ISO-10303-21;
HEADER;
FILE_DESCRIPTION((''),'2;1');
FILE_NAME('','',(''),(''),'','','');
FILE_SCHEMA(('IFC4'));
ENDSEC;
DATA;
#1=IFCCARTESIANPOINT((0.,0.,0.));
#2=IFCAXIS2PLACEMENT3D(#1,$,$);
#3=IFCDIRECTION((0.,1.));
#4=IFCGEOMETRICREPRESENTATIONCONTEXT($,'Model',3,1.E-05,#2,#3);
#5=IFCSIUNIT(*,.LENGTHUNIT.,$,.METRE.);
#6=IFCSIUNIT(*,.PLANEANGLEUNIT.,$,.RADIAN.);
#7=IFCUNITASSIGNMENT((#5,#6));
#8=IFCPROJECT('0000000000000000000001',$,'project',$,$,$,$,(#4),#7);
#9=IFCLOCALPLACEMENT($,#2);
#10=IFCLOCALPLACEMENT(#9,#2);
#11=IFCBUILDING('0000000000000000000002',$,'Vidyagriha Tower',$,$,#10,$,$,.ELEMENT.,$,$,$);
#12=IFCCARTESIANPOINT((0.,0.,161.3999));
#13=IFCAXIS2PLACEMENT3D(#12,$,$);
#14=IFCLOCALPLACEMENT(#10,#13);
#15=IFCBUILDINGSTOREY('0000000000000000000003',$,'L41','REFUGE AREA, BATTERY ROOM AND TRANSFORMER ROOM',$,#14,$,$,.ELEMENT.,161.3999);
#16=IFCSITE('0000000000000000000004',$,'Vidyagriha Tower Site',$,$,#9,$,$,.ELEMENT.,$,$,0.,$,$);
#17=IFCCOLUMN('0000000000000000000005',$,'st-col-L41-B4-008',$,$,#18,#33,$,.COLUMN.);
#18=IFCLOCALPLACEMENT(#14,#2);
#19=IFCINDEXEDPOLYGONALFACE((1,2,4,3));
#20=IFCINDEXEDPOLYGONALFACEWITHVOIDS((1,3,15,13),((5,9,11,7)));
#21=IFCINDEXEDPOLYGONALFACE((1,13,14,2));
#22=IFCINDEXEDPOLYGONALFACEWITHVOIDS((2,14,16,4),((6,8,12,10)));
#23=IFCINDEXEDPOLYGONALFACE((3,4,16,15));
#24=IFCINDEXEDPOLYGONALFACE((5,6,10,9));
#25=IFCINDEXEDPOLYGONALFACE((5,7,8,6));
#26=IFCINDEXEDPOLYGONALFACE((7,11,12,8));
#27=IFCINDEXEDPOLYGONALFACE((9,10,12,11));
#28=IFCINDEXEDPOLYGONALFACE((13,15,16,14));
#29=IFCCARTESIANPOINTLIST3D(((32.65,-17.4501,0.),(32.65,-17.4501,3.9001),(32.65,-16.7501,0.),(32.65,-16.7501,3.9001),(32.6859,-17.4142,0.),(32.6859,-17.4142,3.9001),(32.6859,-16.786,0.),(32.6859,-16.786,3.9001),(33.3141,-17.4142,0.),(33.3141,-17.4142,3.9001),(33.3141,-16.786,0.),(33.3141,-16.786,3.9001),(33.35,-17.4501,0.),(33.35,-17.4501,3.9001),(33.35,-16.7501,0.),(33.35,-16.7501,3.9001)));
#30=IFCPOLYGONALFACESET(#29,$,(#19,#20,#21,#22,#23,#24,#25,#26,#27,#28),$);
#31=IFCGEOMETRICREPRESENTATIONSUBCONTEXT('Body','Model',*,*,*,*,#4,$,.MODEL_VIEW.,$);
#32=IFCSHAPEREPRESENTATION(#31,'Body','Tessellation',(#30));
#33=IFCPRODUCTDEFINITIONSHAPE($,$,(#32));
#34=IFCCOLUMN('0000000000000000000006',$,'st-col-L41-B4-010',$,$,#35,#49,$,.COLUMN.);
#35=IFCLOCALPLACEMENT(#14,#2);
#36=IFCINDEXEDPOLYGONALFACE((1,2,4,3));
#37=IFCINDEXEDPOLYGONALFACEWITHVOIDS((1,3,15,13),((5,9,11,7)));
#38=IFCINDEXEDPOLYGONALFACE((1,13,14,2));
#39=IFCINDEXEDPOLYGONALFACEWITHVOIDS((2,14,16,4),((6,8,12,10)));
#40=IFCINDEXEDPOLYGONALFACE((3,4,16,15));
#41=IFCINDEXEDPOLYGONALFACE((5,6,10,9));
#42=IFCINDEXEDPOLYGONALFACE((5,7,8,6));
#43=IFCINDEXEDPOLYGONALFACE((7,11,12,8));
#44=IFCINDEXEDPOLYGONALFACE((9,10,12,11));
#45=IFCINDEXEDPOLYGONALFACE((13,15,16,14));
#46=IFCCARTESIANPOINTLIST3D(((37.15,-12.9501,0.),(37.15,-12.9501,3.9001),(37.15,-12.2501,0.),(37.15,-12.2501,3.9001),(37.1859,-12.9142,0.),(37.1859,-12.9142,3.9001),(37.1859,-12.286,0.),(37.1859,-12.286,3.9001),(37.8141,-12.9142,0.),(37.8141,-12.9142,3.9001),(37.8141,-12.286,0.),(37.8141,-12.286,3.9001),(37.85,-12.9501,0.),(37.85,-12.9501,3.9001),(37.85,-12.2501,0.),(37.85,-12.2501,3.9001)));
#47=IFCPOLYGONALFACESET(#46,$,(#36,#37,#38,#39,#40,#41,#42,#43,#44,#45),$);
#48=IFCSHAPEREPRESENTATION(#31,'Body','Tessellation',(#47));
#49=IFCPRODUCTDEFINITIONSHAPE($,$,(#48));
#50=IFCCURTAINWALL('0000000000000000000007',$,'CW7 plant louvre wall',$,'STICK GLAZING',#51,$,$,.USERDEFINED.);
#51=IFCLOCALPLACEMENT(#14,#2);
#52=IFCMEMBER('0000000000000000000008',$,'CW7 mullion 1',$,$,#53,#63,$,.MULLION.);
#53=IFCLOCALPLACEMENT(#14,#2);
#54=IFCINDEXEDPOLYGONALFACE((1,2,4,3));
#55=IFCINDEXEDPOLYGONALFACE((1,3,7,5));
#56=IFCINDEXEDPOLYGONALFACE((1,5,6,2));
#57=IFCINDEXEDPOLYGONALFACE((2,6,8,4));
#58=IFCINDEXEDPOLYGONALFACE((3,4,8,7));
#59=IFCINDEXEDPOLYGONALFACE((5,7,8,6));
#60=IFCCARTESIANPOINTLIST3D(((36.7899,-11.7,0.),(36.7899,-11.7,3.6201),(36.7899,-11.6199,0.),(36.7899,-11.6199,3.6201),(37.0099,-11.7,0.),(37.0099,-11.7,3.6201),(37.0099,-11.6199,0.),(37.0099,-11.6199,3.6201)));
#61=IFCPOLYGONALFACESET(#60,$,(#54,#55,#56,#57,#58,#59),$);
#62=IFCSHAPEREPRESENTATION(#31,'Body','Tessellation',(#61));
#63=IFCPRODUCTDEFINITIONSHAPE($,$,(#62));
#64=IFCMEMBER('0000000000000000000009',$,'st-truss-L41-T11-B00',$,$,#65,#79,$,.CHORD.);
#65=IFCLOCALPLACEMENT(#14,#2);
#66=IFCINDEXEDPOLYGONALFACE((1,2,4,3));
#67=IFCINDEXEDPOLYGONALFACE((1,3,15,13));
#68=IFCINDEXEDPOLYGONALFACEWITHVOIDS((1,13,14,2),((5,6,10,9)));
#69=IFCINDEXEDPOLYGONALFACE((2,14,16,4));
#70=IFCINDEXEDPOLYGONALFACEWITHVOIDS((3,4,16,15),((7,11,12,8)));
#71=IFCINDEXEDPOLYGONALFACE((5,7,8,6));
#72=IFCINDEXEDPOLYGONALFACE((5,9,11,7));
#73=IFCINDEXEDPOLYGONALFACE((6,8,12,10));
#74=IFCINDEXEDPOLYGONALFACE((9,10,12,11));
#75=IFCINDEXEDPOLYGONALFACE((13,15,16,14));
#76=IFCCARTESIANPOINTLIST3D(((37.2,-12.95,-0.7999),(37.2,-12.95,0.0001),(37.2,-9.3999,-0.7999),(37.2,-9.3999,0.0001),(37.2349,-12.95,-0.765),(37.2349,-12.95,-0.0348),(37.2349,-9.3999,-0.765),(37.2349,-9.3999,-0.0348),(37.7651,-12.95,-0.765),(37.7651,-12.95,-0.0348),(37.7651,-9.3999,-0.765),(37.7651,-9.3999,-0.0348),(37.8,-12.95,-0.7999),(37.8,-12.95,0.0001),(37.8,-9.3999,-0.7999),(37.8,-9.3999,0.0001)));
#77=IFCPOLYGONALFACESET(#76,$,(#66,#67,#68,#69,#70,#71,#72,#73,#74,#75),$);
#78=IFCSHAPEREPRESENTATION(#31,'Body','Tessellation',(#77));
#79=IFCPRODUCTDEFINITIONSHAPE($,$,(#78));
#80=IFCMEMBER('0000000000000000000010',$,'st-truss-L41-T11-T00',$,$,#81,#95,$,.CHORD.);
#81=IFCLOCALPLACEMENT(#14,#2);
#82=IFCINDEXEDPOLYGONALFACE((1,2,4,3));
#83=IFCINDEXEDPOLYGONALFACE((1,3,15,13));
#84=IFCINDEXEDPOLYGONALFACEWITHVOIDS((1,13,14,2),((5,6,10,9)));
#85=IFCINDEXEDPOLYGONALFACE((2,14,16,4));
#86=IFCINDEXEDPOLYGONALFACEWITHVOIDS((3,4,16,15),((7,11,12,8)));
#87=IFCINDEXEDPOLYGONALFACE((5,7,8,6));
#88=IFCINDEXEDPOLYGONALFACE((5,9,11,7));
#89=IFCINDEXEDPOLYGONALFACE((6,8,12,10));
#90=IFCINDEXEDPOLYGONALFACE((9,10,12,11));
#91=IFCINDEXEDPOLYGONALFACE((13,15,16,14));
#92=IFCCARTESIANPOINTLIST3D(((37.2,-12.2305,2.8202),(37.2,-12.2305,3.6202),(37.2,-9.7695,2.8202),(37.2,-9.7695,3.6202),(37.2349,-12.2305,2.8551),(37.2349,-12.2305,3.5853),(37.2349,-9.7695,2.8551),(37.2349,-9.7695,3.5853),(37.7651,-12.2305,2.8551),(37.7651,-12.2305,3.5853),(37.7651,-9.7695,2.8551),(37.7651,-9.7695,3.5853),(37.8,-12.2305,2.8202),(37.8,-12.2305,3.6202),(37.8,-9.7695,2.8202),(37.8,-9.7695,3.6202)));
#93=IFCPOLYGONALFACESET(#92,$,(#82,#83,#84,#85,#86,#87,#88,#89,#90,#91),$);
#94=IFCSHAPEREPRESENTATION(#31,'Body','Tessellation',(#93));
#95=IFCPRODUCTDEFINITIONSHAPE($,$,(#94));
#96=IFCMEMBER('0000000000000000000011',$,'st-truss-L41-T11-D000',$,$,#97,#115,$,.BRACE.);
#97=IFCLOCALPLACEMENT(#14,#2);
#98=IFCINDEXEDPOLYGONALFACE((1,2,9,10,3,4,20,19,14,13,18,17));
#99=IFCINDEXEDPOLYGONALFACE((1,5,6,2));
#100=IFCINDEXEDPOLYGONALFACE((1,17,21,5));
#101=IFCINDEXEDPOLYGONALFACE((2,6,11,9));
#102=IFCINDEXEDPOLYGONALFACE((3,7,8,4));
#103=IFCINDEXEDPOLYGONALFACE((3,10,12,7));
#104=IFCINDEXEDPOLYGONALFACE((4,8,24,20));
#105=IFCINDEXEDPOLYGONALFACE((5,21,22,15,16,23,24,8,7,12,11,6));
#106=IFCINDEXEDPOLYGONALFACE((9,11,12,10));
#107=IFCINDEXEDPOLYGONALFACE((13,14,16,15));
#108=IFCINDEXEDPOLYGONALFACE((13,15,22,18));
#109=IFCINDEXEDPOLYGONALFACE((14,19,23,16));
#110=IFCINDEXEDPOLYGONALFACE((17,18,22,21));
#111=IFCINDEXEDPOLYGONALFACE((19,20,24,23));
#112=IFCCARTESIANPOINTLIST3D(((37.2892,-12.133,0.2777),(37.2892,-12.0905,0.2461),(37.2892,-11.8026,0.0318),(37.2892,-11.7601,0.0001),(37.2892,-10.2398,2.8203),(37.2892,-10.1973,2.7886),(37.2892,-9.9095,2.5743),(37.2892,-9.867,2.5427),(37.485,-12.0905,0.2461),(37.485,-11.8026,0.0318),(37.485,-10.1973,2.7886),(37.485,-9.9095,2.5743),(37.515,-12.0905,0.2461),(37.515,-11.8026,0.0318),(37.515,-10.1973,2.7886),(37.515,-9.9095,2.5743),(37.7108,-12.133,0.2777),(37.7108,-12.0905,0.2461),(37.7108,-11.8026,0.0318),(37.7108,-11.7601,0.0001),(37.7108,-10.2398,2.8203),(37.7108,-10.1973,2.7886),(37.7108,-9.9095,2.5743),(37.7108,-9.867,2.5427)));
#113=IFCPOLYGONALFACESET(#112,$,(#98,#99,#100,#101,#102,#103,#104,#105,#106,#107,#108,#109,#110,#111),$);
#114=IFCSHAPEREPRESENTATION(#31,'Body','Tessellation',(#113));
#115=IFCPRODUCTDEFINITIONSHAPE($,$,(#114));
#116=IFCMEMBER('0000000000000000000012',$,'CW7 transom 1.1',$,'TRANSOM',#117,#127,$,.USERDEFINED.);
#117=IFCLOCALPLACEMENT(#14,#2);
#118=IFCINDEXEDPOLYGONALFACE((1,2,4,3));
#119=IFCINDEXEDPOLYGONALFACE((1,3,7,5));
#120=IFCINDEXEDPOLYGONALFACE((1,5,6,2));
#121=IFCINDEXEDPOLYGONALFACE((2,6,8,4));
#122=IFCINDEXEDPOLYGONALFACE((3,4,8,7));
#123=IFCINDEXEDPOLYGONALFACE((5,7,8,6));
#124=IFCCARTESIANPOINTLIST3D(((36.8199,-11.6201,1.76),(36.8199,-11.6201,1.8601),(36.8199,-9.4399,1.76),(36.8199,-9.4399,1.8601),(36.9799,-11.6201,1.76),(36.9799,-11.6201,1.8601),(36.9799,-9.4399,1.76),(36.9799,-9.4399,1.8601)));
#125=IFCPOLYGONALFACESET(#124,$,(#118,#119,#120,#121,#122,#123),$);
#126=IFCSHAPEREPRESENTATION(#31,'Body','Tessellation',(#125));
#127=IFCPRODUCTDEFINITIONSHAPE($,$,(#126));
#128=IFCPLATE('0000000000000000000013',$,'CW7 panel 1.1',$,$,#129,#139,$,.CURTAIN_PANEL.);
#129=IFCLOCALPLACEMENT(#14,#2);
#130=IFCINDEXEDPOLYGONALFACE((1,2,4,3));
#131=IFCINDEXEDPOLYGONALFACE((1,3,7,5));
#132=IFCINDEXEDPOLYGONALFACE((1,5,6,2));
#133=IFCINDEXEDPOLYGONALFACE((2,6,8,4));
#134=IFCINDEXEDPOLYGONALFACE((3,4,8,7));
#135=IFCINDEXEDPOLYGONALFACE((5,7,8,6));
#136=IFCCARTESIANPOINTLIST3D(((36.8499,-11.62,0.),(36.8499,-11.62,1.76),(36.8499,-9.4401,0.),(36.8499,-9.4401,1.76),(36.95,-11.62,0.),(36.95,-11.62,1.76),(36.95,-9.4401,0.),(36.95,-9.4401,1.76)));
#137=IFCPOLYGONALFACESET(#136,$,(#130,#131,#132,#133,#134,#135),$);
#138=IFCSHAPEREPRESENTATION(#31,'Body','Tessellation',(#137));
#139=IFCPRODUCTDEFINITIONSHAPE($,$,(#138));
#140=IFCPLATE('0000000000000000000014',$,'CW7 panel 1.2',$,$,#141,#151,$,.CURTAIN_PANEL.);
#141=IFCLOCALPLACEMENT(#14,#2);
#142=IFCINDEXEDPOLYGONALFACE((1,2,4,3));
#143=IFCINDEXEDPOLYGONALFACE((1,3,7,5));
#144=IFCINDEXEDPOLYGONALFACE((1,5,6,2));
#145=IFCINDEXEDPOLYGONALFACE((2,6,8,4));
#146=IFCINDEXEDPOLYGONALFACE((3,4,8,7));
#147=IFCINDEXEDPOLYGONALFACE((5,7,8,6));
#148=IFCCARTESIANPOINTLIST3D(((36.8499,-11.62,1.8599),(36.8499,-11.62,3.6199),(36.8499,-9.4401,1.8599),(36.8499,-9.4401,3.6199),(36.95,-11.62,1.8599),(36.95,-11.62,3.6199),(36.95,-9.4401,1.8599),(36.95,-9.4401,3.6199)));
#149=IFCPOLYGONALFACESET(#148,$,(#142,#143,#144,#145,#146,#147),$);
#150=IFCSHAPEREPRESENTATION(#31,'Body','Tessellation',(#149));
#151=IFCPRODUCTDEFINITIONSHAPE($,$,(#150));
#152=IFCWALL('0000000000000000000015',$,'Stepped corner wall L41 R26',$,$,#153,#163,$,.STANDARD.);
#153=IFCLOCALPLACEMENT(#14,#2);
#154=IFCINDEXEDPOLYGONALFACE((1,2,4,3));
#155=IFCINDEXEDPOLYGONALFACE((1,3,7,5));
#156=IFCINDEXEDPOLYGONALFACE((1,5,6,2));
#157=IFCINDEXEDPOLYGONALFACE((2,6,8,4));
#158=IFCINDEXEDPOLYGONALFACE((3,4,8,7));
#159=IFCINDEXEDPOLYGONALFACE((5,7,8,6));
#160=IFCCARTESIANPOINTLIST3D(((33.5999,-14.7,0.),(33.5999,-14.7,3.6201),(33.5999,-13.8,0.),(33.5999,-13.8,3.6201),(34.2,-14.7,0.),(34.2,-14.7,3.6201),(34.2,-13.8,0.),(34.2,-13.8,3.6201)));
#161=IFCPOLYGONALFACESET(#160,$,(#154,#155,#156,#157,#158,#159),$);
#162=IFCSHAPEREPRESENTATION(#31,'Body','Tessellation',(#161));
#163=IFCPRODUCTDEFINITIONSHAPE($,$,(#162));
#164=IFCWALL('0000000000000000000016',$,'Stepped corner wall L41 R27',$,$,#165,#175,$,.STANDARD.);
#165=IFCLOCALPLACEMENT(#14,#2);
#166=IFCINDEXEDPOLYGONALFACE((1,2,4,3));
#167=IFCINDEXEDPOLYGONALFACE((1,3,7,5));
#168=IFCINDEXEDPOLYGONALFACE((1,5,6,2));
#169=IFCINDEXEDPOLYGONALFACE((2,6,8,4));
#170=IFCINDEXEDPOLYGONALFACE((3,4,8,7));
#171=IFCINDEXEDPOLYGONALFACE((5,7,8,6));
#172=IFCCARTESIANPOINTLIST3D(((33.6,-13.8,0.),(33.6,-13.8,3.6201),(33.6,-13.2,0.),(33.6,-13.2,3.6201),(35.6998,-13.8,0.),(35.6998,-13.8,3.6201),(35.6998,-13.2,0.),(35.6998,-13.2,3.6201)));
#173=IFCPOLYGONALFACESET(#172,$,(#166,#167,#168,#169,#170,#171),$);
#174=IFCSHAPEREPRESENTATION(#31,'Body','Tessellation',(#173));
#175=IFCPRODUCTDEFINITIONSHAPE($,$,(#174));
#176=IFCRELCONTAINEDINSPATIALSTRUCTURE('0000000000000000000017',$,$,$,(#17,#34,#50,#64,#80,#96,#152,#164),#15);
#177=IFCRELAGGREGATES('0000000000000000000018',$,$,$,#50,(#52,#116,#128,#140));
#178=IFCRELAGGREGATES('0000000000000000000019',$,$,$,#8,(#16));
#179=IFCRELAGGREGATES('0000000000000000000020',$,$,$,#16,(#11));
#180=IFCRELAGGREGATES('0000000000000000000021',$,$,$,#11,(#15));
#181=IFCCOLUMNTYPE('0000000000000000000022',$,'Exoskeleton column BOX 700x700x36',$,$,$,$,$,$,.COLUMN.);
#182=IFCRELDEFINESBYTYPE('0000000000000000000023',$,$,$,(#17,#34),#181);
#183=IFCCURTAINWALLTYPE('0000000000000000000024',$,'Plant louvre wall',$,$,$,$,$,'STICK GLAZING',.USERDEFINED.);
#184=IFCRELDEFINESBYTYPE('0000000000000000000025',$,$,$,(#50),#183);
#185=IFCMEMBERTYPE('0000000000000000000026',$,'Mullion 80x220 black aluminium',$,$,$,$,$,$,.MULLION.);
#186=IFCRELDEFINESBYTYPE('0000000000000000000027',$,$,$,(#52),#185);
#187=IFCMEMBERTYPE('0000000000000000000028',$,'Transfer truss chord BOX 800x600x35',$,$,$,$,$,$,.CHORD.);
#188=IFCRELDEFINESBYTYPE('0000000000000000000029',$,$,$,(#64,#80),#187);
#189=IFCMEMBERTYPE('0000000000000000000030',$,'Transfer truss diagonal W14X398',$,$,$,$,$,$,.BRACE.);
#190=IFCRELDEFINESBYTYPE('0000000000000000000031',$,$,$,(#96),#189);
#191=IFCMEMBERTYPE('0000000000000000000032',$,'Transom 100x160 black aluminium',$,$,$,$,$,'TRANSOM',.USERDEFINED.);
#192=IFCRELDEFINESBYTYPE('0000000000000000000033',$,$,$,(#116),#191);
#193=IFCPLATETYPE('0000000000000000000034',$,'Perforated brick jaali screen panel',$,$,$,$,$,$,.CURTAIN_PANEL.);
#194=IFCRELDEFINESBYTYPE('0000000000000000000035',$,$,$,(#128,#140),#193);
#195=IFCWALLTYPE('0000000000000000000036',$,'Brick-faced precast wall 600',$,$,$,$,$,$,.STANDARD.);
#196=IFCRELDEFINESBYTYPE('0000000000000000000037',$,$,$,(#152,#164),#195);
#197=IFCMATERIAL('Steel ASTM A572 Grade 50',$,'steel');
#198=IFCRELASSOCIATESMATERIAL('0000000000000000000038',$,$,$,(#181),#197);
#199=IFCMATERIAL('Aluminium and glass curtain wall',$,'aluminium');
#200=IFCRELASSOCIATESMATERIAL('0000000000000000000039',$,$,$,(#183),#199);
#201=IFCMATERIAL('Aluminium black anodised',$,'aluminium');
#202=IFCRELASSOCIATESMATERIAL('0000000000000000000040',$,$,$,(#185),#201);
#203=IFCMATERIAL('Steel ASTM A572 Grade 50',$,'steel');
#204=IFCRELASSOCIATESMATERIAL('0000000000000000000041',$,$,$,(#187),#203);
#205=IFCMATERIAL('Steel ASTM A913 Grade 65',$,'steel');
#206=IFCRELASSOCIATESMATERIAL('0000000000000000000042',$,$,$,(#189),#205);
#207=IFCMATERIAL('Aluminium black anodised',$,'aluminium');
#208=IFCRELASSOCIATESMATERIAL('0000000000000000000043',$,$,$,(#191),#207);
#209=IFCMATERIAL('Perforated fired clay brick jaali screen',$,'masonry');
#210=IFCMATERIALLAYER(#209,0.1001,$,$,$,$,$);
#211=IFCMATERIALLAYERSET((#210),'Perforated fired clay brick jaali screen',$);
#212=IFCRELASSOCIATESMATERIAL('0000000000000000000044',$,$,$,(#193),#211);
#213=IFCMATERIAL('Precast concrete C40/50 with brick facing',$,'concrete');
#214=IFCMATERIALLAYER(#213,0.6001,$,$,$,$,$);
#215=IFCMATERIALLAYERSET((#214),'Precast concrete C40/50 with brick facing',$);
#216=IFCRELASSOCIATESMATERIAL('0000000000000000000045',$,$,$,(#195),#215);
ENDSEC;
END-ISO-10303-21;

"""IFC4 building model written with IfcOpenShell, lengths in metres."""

from ifc_helpers import new_model, si_unit, direction, frame, frame_2d, origin, origin_2d, place, context, subcontext, project, spatial, rectangle, hollow_rectangle, i_section, extrude, material, layer, layer_set, material_profile, profile_set, type_object, element, aggregate, save


model = new_model("IFC4")

# Units and contexts
model_context = context("Model", 3, precision=1e-05, world=origin(), true_north=direction((0.0, 1.0)))
body_context = subcontext(model_context, "Body", "Model", "MODEL_VIEW")
ifc_project = project(units=[si_unit("LENGTHUNIT", "METRE"), si_unit("PLANEANGLEUNIT", "RADIAN")], contexts=[model_context])

# Site, building, storey
site_placement = place(None, origin())
site = spatial("IfcSite", under=ifc_project, at=site_placement, Name="Vidyagriha Tower Site", CompositionType="ELEMENT", RefElevation=0.0)
building_placement = place(site_placement, origin())
building = spatial("IfcBuilding", under=site, at=building_placement, Name="Vidyagriha Tower", CompositionType="ELEMENT")
storey_placement = place(building_placement, frame((0.0, 0.0, 161.3999)))
storey = spatial("IfcBuildingStorey", under=building, at=storey_placement, Name="L41", Description="REFUGE AREA, BATTERY ROOM AND TRANSFORMER ROOM", CompositionType="ELEMENT", Elevation=161.3999)

# Columns
ifc_material_1 = material(Name="Steel ASTM A572 Grade 50", Category="steel")
ifc_material_profile_1 = material_profile(ifc_material_1, hollow_rectangle(XDim=0.7, YDim=0.7, WallThickness=0.0359, at=origin_2d()), Name="BOX 700x700x36")
ifc_profile_set_1 = profile_set([ifc_material_profile_1], Name="Steel ASTM A572 Grade 50")
column_type = type_object("IfcColumnType", Name="Exoskeleton column BOX 700x700x36", PredefinedType="COLUMN", material=ifc_profile_set_1)
for number, where, name in (
    (1, (33.0, -17.1001, 0.0), "st-col-L41-B4-008"),
    (2, (37.5, -12.6001, 0.0), "st-col-L41-B4-010"),
):
    element("IfcColumn", number, at=place(storey_placement, frame(where)), inside=storey, type_object=column_type, Name=name, PredefinedType="COLUMN", context=body_context, shape_type="SweptSolid", body=[
        extrude(hollow_rectangle(XDim=0.7, YDim=0.7, WallThickness=0.0359, at=origin_2d()), origin(), (0.0, 0.0, 1.0), 3.9001),
    ])

# Curtain wall, member
ifc_material_2 = material(Name="Aluminium and glass curtain wall", Category="aluminium")
curtain_wall_type = type_object("IfcCurtainWallType", Name="Plant louvre wall", ElementType="STICK GLAZING", PredefinedType="USERDEFINED", material=ifc_material_2)
curtain_wall_placement = place(storey_placement, origin())
curtain_wall = element("IfcCurtainWall", 3, at=curtain_wall_placement, inside=storey, type_object=curtain_wall_type, Name="CW7 plant louvre wall", ObjectType="STICK GLAZING", PredefinedType="USERDEFINED")
ifc_material_3 = material(Name="Aluminium black anodised", Category="aluminium")
ifc_material_profile_2 = material_profile(ifc_material_3, rectangle(XDim=0.22, YDim=0.0801, at=origin_2d()), Name="Mullion 80x220 black aluminium")
ifc_profile_set_2 = profile_set([ifc_material_profile_2], Name="Aluminium black anodised")
member_type_1 = type_object("IfcMemberType", Name="Mullion 80x220 black aluminium", PredefinedType="MULLION", material=ifc_profile_set_2)
member_1_placement = place(storey_placement, frame((36.8999, -11.6599, 0.0), z_axis=(0.0, 0.0, 1.0), x_axis=(-1.0, 0.0, 0.0)))
member_1 = element("IfcMember", 4, at=member_1_placement, type_object=member_type_1, Name="CW7 mullion 1", PredefinedType="MULLION", context=body_context, shape_type="SweptSolid", body=[
    extrude(rectangle(XDim=0.22, YDim=0.0801, at=origin_2d()), origin(), (0.0, 0.0, 1.0), 3.6201),
])

# Members
ifc_material_4 = material(Name="Steel ASTM A572 Grade 50", Category="steel")
ifc_material_profile_3 = material_profile(ifc_material_4, hollow_rectangle(XDim=0.6001, YDim=0.8, WallThickness=0.0349, at=origin_2d()), Name="BOX 800x600x35")
ifc_profile_set_3 = profile_set([ifc_material_profile_3], Name="Steel ASTM A572 Grade 50")
member_type_2 = type_object("IfcMemberType", Name="Transfer truss chord BOX 800x600x35", PredefinedType="CHORD", material=ifc_profile_set_3)
member_2_placement = place(storey_placement, frame((37.5, -12.95, -0.3999), z_axis=(0.0, 1.0, 0.0), x_axis=(-1.0, 0.0, 0.0)))
element("IfcMember", 5, at=member_2_placement, inside=storey, type_object=member_type_2, Name="st-truss-L41-T11-B00", PredefinedType="CHORD", context=body_context, shape_type="SweptSolid", body=[
    extrude(hollow_rectangle(XDim=0.6001, YDim=0.8, WallThickness=0.0349, at=origin_2d()), origin(), (0.0, 0.0, 1.0), 3.55),
])
member_3_placement = place(storey_placement, frame((37.5, -12.2305, 3.2202), z_axis=(0.0, 1.0, 0.0), x_axis=(-1.0, 0.0, 0.0)))
element("IfcMember", 6, at=member_3_placement, inside=storey, type_object=member_type_2, Name="st-truss-L41-T11-T00", PredefinedType="CHORD", context=body_context, shape_type="SweptSolid", body=[
    extrude(hollow_rectangle(XDim=0.6001, YDim=0.8, WallThickness=0.0349, at=origin_2d()), origin(), (0.0, 0.0, 1.0), 2.4609),
])
ifc_material_5 = material(Name="Steel ASTM A913 Grade 65", Category="steel")
ifc_material_profile_4 = material_profile(ifc_material_5, i_section(OverallWidth=0.4216, OverallDepth=0.4648, WebThickness=0.03, FlangeThickness=0.053, at=origin_2d()), Name="W14X398")
ifc_profile_set_4 = profile_set([ifc_material_profile_4], Name="Steel ASTM A913 Grade 65")
member_type_3 = type_object("IfcMemberType", Name="Transfer truss diagonal W14X398", PredefinedType="BRACE", material=ifc_profile_set_4)
member_4_placement = place(storey_placement, frame((37.5, -11.9465, 0.1389), z_axis=(0.0, 0.597211, 0.802084), x_axis=(-1.0, 0.0, 0.0)))
element("IfcMember", 7, at=member_4_placement, inside=storey, type_object=member_type_3, Name="st-truss-L41-T11-D000", PredefinedType="BRACE", context=body_context, shape_type="SweptSolid", body=[
    extrude(i_section(OverallWidth=0.4216, OverallDepth=0.4648, WebThickness=0.03, FlangeThickness=0.053, at=origin_2d()), origin(), (0.0, 0.0, 1.0), 3.1699),
])

# Member
ifc_material_6 = material(Name="Aluminium black anodised", Category="aluminium")
ifc_material_profile_5 = material_profile(ifc_material_6, rectangle(XDim=0.1599, YDim=0.1001, at=origin_2d()), Name="Transom 100x160 black aluminium")
ifc_profile_set_5 = profile_set([ifc_material_profile_5], Name="Aluminium black anodised")
member_type_4 = type_object("IfcMemberType", Name="Transom 100x160 black aluminium", ElementType="TRANSOM", PredefinedType="USERDEFINED", material=ifc_profile_set_5)
member_5_placement = place(storey_placement, frame((36.8999, -11.6201, 1.8101), z_axis=(0.0, 1.0, 0.0), x_axis=(-1.0, 0.0, 0.0)))
member_5 = element("IfcMember", 8, at=member_5_placement, type_object=member_type_4, Name="CW7 transom 1.1", ObjectType="TRANSOM", PredefinedType="USERDEFINED", context=body_context, shape_type="SweptSolid", body=[
    extrude(rectangle(XDim=0.1599, YDim=0.1001, at=origin_2d()), origin(), (0.0, 0.0, 1.0), 2.1802),
])

# Plates
ifc_material_7 = material(Name="Perforated fired clay brick jaali screen", Category="masonry")
ifc_layer_1 = layer(ifc_material_7, 0.1001)
ifc_layer_set_1 = layer_set([ifc_layer_1], Name="Perforated fired clay brick jaali screen")
plate_type = type_object("IfcPlateType", Name="Perforated brick jaali screen panel", PredefinedType="CURTAIN_PANEL", material=ifc_layer_set_1)
plate_1_placement = place(storey_placement, frame((36.8999, -10.53, 0.0), z_axis=(0.0, 0.0, 1.0), x_axis=(0.0, 1.0, 0.0)))
plate_1 = element("IfcPlate", 9, at=plate_1_placement, type_object=plate_type, Name="CW7 panel 1.1", PredefinedType="CURTAIN_PANEL", context=body_context, shape_type="SweptSolid", body=[
    extrude(rectangle(XDim=2.1799, YDim=0.1001, at=origin_2d()), origin(), (0.0, 0.0, 1.0), 1.76),
])
plate_2_placement = place(storey_placement, frame((36.8999, -10.53, 1.8599), z_axis=(0.0, 0.0, 1.0), x_axis=(0.0, 1.0, 0.0)))
plate_2 = element("IfcPlate", 10, at=plate_2_placement, type_object=plate_type, Name="CW7 panel 1.2", PredefinedType="CURTAIN_PANEL", context=body_context, shape_type="SweptSolid", body=[
    extrude(rectangle(XDim=2.1799, YDim=0.1001, at=origin_2d()), origin(), (0.0, 0.0, 1.0), 1.76),
])
aggregate(curtain_wall, [member_1, member_5, plate_1, plate_2])

# Walls
ifc_material_8 = material(Name="Precast concrete C40/50 with brick facing", Category="concrete")
ifc_layer_2 = layer(ifc_material_8, 0.6001)
ifc_layer_set_2 = layer_set([ifc_layer_2], Name="Precast concrete C40/50 with brick facing")
wall_type = type_object("IfcWallType", Name="Brick-faced precast wall 600", PredefinedType="STANDARD", material=ifc_layer_set_2)
wall_1_placement = place(storey_placement, frame((33.8999, -14.7, 0.0), z_axis=(0.0, 0.0, 1.0), x_axis=(0.0, 1.0, 0.0)))
element("IfcWall", 11, at=wall_1_placement, inside=storey, type_object=wall_type, Name="Stepped corner wall L41 R26", PredefinedType="STANDARD", context=body_context, shape_type="SweptSolid", body=[
    extrude(rectangle(XDim=0.8999, YDim=0.6001, at=frame_2d((0.45, 0.0))), origin(), (0.0, 0.0, 1.0), 3.6201),
])
wall_2_placement = place(storey_placement, frame((33.6001, -13.5, 0.0)))
element("IfcWall", 12, at=wall_2_placement, inside=storey, type_object=wall_type, Name="Stepped corner wall L41 R27", PredefinedType="STANDARD", context=body_context, shape_type="SweptSolid", body=[
    extrude(rectangle(XDim=2.0999, YDim=0.6001, at=frame_2d((1.0498, 0.0))), origin(), (0.0, 0.0, 1.0), 3.6201),
])

save(model, "model.ifc")
